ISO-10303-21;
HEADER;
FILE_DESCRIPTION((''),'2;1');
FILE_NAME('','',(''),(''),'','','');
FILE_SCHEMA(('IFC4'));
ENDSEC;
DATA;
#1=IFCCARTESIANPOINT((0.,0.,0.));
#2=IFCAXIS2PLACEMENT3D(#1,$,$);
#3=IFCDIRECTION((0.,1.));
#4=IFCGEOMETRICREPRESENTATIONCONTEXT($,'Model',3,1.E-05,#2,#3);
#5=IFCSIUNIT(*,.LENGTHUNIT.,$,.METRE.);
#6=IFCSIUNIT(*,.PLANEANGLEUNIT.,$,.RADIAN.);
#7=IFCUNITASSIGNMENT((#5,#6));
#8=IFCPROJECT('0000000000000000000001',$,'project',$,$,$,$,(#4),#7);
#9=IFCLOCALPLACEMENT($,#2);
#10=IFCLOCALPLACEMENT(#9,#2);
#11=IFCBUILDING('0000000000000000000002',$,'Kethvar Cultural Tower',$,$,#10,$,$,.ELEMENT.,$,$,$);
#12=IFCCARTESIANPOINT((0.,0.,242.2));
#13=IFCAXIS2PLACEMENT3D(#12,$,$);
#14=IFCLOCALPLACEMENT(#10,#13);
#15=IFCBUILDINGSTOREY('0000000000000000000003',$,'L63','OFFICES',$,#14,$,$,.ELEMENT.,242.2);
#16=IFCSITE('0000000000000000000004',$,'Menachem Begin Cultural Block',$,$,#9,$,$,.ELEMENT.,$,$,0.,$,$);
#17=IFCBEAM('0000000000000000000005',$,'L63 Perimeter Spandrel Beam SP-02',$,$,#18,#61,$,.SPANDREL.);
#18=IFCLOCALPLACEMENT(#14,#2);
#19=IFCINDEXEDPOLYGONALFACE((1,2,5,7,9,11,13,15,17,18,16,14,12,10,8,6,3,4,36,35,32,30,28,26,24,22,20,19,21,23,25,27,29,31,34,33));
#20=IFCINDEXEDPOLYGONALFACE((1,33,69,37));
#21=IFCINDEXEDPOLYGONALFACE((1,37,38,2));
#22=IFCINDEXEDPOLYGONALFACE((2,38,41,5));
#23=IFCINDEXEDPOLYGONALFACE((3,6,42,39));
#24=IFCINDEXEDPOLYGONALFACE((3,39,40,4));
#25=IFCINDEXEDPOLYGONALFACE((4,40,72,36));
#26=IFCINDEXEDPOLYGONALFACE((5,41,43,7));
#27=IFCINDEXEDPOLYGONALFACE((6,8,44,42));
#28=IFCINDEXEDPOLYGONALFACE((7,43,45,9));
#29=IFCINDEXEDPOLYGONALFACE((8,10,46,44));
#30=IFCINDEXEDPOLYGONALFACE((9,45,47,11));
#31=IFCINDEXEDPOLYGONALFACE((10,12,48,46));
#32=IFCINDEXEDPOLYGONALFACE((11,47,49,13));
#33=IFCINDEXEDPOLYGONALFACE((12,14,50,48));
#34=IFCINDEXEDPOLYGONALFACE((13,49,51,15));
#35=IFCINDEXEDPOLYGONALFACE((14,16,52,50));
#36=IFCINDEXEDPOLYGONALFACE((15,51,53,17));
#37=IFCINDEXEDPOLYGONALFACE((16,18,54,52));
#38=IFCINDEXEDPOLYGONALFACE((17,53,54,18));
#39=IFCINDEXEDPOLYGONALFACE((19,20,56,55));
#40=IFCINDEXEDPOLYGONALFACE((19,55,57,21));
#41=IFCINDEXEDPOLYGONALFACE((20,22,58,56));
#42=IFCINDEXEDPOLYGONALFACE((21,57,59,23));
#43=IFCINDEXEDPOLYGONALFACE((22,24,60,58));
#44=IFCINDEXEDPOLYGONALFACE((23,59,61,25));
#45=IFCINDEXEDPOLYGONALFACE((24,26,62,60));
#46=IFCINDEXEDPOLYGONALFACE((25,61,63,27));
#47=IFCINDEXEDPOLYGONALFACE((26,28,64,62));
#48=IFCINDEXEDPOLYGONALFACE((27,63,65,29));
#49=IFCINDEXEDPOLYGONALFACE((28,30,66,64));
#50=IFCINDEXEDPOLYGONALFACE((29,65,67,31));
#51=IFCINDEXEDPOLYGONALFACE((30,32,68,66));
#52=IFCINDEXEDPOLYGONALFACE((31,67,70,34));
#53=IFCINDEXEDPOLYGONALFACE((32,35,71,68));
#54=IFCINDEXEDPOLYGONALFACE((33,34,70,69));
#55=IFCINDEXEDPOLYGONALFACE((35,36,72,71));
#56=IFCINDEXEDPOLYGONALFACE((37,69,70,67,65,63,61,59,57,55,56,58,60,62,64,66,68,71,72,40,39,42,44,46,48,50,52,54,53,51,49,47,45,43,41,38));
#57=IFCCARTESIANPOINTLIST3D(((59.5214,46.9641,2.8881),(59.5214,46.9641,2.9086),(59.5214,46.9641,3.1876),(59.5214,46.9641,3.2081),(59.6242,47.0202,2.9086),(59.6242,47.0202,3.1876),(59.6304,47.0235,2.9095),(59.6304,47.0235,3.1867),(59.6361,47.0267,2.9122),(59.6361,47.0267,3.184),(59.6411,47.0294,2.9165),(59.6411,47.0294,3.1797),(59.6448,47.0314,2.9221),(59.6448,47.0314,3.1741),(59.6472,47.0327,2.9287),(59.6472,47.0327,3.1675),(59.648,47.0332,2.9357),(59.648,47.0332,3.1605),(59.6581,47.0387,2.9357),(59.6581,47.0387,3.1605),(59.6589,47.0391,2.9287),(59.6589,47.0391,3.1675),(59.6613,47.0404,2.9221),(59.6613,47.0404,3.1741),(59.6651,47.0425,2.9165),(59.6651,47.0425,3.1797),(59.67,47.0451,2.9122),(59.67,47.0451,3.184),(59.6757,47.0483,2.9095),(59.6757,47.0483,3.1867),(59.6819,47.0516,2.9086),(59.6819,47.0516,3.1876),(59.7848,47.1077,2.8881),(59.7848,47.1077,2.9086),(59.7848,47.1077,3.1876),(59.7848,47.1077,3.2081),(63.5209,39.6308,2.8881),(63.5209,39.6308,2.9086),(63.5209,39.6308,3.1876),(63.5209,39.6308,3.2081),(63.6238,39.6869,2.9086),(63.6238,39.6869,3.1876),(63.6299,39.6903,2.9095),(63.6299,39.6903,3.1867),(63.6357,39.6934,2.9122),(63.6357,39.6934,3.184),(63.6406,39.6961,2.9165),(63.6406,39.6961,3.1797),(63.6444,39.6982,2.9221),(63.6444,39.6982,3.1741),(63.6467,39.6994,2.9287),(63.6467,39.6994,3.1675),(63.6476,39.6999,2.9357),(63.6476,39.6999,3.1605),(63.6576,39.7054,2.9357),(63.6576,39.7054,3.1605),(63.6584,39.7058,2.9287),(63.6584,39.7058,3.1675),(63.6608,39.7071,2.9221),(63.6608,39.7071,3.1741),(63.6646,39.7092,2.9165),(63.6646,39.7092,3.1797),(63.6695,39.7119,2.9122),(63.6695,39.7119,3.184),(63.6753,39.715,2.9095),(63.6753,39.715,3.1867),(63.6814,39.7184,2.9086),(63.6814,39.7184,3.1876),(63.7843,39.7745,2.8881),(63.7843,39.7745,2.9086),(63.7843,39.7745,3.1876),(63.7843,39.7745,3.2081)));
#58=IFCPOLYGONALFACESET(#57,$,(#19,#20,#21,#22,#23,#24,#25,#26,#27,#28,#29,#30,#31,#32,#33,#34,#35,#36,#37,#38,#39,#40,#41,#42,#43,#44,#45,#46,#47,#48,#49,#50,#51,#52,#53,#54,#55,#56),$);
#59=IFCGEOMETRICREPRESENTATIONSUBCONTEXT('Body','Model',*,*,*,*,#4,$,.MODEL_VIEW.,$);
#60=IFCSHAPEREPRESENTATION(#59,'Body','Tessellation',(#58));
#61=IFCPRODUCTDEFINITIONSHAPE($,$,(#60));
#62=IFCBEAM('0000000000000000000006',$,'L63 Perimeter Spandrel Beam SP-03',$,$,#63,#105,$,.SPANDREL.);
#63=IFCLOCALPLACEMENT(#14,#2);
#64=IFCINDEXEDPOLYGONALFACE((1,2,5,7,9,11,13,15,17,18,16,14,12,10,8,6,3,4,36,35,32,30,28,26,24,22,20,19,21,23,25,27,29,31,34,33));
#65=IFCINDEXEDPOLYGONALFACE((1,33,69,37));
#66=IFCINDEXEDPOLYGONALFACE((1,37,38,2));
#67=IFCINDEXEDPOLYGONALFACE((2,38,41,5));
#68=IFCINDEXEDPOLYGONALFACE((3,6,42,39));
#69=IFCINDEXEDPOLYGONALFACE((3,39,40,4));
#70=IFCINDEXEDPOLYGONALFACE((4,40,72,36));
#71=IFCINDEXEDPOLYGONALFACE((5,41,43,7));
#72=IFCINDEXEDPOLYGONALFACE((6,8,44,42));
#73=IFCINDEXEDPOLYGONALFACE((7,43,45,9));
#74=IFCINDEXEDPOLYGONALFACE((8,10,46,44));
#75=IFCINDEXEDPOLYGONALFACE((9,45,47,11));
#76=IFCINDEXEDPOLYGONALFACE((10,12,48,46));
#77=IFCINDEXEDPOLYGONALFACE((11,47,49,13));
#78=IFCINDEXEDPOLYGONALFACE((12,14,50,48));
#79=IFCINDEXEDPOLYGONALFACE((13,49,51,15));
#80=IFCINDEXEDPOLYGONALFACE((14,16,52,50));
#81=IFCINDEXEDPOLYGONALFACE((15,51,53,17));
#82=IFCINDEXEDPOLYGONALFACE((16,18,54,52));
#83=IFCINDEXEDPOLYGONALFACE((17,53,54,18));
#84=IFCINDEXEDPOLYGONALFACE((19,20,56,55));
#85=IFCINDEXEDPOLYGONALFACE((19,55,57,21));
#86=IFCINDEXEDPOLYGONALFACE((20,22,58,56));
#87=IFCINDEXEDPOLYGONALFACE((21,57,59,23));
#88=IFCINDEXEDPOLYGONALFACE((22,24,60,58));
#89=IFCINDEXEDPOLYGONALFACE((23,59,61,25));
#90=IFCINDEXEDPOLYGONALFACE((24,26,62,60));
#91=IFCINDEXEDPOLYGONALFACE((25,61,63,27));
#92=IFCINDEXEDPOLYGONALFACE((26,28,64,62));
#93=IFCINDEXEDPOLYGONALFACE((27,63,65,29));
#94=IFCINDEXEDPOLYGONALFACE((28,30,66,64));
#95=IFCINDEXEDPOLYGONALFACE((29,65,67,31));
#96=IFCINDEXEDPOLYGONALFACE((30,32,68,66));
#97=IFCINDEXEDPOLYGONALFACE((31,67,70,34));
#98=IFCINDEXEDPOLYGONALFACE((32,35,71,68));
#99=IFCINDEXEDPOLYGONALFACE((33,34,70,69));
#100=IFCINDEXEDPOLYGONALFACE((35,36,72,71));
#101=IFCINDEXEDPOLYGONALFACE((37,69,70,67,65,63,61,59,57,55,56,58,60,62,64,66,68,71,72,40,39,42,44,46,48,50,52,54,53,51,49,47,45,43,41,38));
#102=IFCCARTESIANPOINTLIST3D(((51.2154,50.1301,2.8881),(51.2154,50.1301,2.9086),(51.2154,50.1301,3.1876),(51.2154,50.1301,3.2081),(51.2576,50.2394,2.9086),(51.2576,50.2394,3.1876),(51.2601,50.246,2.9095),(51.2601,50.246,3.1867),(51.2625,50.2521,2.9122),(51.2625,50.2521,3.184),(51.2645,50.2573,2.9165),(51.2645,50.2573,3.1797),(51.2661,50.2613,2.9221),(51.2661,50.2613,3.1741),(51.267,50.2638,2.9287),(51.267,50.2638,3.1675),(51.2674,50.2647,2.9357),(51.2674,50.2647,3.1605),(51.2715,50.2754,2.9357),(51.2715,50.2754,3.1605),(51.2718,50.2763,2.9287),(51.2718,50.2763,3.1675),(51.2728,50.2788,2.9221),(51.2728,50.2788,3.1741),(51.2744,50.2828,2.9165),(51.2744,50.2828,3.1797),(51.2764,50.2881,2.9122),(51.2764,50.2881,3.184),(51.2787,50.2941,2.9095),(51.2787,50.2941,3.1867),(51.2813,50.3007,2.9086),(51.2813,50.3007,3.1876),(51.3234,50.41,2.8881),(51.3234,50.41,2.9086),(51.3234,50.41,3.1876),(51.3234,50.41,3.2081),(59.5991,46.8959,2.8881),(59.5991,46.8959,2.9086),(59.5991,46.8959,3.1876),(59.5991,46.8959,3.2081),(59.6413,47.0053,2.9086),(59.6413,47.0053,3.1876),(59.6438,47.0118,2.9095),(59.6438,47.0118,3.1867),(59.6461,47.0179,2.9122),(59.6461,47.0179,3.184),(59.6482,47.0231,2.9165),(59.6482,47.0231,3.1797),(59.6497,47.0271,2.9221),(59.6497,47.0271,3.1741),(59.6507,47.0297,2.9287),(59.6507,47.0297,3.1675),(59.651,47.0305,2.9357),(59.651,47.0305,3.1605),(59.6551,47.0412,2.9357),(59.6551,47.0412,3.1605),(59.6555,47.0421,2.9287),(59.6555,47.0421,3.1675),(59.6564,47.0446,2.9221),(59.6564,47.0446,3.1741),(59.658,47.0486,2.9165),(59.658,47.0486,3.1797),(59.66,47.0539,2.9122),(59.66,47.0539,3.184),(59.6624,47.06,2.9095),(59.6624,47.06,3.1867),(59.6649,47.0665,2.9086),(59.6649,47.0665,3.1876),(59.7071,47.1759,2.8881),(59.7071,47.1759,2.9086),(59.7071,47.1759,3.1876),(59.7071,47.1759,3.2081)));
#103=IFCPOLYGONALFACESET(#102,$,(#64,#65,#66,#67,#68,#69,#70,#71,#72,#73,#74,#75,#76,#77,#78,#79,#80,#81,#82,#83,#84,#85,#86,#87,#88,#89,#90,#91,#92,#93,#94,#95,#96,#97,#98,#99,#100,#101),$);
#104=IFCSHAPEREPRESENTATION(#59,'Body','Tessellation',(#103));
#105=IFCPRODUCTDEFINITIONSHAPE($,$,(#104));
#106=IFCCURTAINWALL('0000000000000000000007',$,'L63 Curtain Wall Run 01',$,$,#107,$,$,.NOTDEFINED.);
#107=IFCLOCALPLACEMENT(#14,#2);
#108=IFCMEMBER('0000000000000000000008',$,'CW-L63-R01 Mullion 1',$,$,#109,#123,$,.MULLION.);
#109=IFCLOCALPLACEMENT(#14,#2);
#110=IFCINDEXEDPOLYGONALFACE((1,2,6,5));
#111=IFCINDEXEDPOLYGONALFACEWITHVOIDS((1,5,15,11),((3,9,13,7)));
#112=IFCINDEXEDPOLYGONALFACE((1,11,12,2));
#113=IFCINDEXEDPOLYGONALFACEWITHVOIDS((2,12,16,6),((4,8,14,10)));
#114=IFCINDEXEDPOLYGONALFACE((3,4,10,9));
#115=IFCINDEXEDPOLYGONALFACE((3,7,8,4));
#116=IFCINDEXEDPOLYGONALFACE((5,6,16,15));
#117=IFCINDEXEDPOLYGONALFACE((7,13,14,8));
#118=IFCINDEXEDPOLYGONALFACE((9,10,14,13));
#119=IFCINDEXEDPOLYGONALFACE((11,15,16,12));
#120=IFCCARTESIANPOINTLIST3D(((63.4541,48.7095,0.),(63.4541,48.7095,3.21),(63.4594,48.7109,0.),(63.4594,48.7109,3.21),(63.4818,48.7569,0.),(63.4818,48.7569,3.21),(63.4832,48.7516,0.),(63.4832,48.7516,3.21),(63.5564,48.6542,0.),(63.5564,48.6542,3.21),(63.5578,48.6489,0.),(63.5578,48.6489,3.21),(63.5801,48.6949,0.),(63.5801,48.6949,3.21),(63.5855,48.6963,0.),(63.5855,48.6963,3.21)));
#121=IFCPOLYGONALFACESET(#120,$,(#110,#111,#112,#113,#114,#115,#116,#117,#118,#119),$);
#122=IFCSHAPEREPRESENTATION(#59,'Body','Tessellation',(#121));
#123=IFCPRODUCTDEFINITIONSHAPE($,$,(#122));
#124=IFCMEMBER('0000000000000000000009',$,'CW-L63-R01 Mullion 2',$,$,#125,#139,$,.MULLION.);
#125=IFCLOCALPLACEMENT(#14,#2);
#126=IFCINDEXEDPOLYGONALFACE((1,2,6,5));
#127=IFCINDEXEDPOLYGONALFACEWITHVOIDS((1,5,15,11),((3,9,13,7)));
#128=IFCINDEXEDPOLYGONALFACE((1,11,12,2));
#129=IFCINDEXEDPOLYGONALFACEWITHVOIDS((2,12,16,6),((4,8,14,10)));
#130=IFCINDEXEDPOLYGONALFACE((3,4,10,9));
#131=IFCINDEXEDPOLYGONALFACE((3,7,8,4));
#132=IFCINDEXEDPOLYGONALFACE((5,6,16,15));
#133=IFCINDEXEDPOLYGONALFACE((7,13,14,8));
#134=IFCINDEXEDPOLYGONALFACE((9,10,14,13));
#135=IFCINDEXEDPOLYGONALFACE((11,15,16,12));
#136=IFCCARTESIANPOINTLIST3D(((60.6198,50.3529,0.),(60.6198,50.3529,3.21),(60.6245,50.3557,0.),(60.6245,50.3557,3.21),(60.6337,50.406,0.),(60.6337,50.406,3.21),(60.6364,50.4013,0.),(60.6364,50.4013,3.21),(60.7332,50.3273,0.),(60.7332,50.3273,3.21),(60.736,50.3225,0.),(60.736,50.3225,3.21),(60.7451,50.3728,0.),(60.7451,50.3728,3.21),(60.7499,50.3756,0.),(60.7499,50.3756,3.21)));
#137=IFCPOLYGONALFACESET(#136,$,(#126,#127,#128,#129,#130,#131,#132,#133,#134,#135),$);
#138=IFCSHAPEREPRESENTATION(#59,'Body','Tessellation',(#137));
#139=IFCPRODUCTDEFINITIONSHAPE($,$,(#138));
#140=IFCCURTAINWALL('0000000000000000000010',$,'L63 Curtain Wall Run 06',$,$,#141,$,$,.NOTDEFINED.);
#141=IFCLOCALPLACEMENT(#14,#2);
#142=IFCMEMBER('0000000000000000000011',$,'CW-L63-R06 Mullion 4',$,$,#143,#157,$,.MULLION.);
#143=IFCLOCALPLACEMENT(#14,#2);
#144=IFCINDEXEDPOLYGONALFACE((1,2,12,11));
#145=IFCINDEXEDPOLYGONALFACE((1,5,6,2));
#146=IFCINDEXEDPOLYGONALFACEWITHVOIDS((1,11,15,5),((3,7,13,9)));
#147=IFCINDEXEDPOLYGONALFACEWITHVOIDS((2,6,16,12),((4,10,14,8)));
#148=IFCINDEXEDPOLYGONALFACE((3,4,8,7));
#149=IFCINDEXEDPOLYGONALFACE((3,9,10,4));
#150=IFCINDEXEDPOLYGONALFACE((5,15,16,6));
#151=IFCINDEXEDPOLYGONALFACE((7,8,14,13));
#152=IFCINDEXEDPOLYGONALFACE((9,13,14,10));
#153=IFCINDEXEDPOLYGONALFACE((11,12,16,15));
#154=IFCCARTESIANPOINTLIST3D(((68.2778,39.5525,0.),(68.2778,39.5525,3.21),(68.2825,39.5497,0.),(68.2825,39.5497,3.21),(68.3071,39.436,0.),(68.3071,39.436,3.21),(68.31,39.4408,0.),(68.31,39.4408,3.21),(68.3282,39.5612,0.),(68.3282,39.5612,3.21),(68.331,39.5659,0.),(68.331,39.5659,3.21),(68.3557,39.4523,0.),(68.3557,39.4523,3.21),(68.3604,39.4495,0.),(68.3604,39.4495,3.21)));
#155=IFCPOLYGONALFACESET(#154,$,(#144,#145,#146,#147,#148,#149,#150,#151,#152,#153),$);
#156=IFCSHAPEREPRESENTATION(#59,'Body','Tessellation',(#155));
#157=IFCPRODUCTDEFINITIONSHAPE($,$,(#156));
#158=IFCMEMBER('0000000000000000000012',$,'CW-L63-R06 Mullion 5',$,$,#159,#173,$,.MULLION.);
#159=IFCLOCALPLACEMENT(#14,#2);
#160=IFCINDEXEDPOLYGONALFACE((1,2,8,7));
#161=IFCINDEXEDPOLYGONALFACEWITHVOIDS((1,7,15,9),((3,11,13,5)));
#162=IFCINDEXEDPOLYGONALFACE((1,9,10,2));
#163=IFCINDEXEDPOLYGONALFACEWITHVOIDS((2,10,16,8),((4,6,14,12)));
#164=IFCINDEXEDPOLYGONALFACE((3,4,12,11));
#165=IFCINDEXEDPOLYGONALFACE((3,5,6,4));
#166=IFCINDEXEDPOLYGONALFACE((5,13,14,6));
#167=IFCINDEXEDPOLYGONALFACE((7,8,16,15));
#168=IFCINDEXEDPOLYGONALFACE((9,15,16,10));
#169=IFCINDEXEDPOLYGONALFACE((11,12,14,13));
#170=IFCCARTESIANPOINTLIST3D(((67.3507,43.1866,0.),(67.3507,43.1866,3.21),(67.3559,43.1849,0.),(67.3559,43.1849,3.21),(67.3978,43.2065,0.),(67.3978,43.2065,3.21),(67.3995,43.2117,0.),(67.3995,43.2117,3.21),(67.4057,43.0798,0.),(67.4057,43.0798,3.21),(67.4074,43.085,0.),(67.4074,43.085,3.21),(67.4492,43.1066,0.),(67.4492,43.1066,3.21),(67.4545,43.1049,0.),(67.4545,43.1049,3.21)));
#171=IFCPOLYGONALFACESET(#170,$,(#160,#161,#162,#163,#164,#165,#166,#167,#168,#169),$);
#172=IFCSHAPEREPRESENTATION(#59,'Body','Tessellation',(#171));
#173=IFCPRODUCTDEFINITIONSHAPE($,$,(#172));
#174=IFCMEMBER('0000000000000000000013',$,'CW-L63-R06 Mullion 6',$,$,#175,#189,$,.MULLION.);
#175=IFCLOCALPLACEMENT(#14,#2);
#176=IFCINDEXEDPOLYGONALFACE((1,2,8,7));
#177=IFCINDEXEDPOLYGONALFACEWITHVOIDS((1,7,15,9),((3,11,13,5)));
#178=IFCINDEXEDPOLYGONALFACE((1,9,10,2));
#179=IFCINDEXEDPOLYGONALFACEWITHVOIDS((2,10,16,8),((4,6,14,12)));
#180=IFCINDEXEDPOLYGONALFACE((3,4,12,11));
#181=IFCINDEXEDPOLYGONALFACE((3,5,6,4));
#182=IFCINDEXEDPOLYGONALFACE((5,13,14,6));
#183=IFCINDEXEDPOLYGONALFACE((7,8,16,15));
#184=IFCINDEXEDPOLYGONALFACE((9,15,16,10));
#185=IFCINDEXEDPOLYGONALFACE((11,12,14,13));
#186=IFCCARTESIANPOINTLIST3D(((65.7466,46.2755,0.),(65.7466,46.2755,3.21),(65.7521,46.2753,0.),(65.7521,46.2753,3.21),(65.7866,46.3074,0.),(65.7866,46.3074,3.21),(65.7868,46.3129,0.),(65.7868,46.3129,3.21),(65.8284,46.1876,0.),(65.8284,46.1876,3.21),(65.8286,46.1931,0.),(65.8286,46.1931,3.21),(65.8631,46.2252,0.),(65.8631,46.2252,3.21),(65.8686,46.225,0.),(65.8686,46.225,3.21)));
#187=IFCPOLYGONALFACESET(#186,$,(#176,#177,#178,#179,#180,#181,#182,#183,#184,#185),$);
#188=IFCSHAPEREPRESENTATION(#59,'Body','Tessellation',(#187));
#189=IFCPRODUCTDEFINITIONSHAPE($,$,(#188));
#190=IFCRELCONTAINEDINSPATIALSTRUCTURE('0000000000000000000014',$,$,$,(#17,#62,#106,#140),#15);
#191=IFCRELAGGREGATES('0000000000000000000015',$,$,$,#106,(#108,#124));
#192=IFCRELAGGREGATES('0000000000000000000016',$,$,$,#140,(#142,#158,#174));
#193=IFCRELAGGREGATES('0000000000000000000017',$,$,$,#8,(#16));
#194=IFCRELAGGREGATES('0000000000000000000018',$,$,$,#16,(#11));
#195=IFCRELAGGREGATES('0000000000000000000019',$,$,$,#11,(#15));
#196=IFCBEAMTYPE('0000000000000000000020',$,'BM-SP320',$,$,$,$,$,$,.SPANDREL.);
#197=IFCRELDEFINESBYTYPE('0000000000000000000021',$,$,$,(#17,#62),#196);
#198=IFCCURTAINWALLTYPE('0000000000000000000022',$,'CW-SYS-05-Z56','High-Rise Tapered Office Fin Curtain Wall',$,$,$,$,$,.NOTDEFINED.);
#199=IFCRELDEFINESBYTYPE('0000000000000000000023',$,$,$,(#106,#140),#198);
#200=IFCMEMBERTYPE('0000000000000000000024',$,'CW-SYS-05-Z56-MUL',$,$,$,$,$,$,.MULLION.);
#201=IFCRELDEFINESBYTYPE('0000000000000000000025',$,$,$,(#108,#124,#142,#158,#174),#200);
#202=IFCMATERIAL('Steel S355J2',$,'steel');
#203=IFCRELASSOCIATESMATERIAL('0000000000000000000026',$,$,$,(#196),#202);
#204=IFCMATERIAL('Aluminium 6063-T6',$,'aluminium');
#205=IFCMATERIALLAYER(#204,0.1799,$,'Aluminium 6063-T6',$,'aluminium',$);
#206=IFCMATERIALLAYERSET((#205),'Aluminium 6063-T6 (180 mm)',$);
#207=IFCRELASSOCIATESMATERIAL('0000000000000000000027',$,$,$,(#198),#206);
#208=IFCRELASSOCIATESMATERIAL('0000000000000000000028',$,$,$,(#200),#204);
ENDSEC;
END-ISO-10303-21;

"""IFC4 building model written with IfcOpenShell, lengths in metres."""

from ifc_helpers import new_model, si_unit, direction, frame, origin, origin_2d, place, context, subcontext, project, spatial, hollow_rectangle, i_section, extrude, source, transform, mapped, material, layer, layer_set, material_profile, profile_set, type_object, element, aggregate, save


model = new_model("IFC4")

# Units and contexts
model_context = context("Model", 3, precision=1e-05, world=origin(), true_north=direction((0.0, 1.0)))
body_context = subcontext(model_context, "Body", "Model", "MODEL_VIEW")
ifc_project = project(units=[si_unit("LENGTHUNIT", "METRE"), si_unit("PLANEANGLEUNIT", "RADIAN")], contexts=[model_context])

# Site, building, storey
site_placement = place(None, origin())
site = spatial("IfcSite", under=ifc_project, at=site_placement, Name="Menachem Begin Cultural Block", CompositionType="ELEMENT", RefElevation=0.0)
building_placement = place(site_placement, origin())
building = spatial("IfcBuilding", under=site, at=building_placement, Name="Kethvar Cultural Tower", CompositionType="ELEMENT")
storey_placement = place(building_placement, frame((0.0, 0.0, 242.2)))
storey = spatial("IfcBuildingStorey", under=building, at=storey_placement, Name="L63", Description="OFFICES", CompositionType="ELEMENT", Elevation=242.2)

# Beams
ifc_material_1 = material(Name="Steel S355J2", Category="steel")
ifc_material_profile_1 = material_profile(ifc_material_1, i_section(OverallWidth=0.3, OverallDepth=0.3201, WebThickness=0.0115, FlangeThickness=0.0205, FilletRadius=0.0271, at=origin_2d()), Name="Steel S355J2 — HEB320")
ifc_profile_set_1 = profile_set([ifc_material_profile_1], Name="Steel S355J2 — HEB320")
beam_type = type_object("IfcBeamType", Name="BM-SP320", PredefinedType="SPANDREL", material=ifc_profile_set_1)
shared_shape_1 = source(origin(), body_context, "Body", "SweptSolid", [
    extrude(i_section(OverallWidth=0.3, OverallDepth=0.3201, WebThickness=0.0115, FlangeThickness=0.0205, FilletRadius=0.0271, at=origin_2d()), origin(), (0.0, 0.0, 1.0), 8.353),
])
beam_1_placement = place(storey_placement, frame((63.6526, 39.7026, 3.0481), z_axis=(-0.478811, 0.877918, 0.0), x_axis=(-0.877918, -0.478811, 0.0)))
element("IfcBeam", 1, at=beam_1_placement, inside=storey, type_object=beam_type, Name="L63 Perimeter Spandrel Beam SP-02", PredefinedType="SPANDREL", context=body_context, shape_type="MappedRepresentation", body=[
    mapped(shared_shape_1, transform((0.0, 0.0, 0.0), scale=1.0)),
])
shared_shape_2 = source(origin(), body_context, "Body", "SweptSolid", [
    extrude(i_section(OverallWidth=0.3, OverallDepth=0.3201, WebThickness=0.0115, FlangeThickness=0.0205, FilletRadius=0.0271, at=origin_2d()), origin(), (0.0, 0.0, 1.0), 8.9858),
])
beam_2_placement = place(storey_placement, frame((59.6531, 47.0359, 3.0481), z_axis=(-0.932984, 0.359918, 0.0), x_axis=(-0.359918, -0.932984, 0.0)))
element("IfcBeam", 2, at=beam_2_placement, inside=storey, type_object=beam_type, Name="L63 Perimeter Spandrel Beam SP-03", PredefinedType="SPANDREL", context=body_context, shape_type="MappedRepresentation", body=[
    mapped(shared_shape_2, transform((0.0, 0.0, 0.0), scale=1.0)),
])

# Curtain walls, members
ifc_material_2 = material(Name="Aluminium 6063-T6", Category="aluminium")
ifc_layer_1 = layer(ifc_material_2, 0.1799, Name="Aluminium 6063-T6", Category="aluminium")
ifc_layer_set_1 = layer_set([ifc_layer_1], Name="Aluminium 6063-T6 (180 mm)")
curtain_wall_type = type_object("IfcCurtainWallType", Name="CW-SYS-05-Z56", Description="High-Rise Tapered Office Fin Curtain Wall", PredefinedType="NOTDEFINED", material=ifc_layer_set_1)
curtain_wall_1_placement = place(storey_placement, origin())
curtain_wall_1 = element("IfcCurtainWall", 3, at=curtain_wall_1_placement, inside=storey, type_object=curtain_wall_type, Name="L63 Curtain Wall Run 01", PredefinedType="NOTDEFINED")
ifc_material_profile_2 = material_profile(ifc_material_2, hollow_rectangle(XDim=0.0549, YDim=0.1201, WallThickness=0.0039, at=origin_2d()), Name="Aluminium 6063-T6 — RHS120x55x4")
ifc_profile_set_2 = profile_set([ifc_material_profile_2], Name="Aluminium 6063-T6 — RHS120x55x4")
member_type_1 = type_object("IfcMemberType", Name="CW-SYS-05-Z56-MUL", PredefinedType="MULLION", material=ifc_profile_set_2)
shared_shape_3 = source(origin(), body_context, "Body", "SweptSolid", [
    extrude(hollow_rectangle(XDim=0.0549, YDim=0.1201, WallThickness=0.0039, at=origin_2d()), origin(), (0.0, 0.0, 1.0), 3.21),
])
member_1_placement = place(storey_placement, frame((63.5198, 48.7029, 0.0), z_axis=(0.0, 0.0, 1.0), x_axis=(-0.504633, -0.863334, 0.0)))
member_1 = element("IfcMember", 4, at=member_1_placement, type_object=member_type_1, Name="CW-L63-R01 Mullion 1", PredefinedType="MULLION", context=body_context, shape_type="MappedRepresentation", body=[
    mapped(shared_shape_3, transform((0.0, 0.0, 0.0), scale=1.0)),
])
member_2_placement = place(storey_placement, frame((60.6848, 50.3643, 0.0), z_axis=(0.0, 0.0, 1.0), x_axis=(-0.252998, -0.967467, 0.0)))
member_2 = element("IfcMember", 5, at=member_2_placement, type_object=member_type_1, Name="CW-L63-R01 Mullion 2", PredefinedType="MULLION", context=body_context, shape_type="MappedRepresentation", body=[
    mapped(shared_shape_3, transform((0.0, 0.0, 0.0), scale=1.0)),
])
curtain_wall_2_placement = place(storey_placement, origin())
curtain_wall_2 = element("IfcCurtainWall", 6, at=curtain_wall_2_placement, inside=storey, type_object=curtain_wall_type, Name="L63 Curtain Wall Run 06", PredefinedType="NOTDEFINED")
member_3_placement = place(storey_placement, frame((68.3191, 39.501, 0.0), z_axis=(0.0, 0.0, 1.0), x_axis=(-0.969646, -0.244512, 0.0)))
member_3 = element("IfcMember", 7, at=member_3_placement, type_object=member_type_1, Name="CW-L63-R06 Mullion 4", PredefinedType="MULLION", context=body_context, shape_type="MappedRepresentation", body=[
    mapped(shared_shape_3, transform((0.0, 0.0, 0.0), scale=1.0)),
])
member_4_placement = place(storey_placement, frame((67.4026, 43.1458, 0.0), z_axis=(0.0, 0.0, 1.0), x_axis=(-0.888985, -0.457936, 0.0)))
member_4 = element("IfcMember", 8, at=member_4_placement, type_object=member_type_1, Name="CW-L63-R06 Mullion 5", PredefinedType="MULLION", context=body_context, shape_type="MappedRepresentation", body=[
    mapped(shared_shape_3, transform((0.0, 0.0, 0.0), scale=1.0)),
])
member_5_placement = place(storey_placement, frame((65.8076, 46.2502, 0.0), z_axis=(0.0, 0.0, 1.0), x_axis=(-0.732448, -0.680823, 0.0)))
member_5 = element("IfcMember", 9, at=member_5_placement, type_object=member_type_1, Name="CW-L63-R06 Mullion 6", PredefinedType="MULLION", context=body_context, shape_type="MappedRepresentation", body=[
    mapped(shared_shape_3, transform((0.0, 0.0, 0.0), scale=1.0)),
])

aggregate(curtain_wall_1, [member_1, member_2])
aggregate(curtain_wall_2, [member_3, member_4, member_5])

save(model, "model.ifc")
